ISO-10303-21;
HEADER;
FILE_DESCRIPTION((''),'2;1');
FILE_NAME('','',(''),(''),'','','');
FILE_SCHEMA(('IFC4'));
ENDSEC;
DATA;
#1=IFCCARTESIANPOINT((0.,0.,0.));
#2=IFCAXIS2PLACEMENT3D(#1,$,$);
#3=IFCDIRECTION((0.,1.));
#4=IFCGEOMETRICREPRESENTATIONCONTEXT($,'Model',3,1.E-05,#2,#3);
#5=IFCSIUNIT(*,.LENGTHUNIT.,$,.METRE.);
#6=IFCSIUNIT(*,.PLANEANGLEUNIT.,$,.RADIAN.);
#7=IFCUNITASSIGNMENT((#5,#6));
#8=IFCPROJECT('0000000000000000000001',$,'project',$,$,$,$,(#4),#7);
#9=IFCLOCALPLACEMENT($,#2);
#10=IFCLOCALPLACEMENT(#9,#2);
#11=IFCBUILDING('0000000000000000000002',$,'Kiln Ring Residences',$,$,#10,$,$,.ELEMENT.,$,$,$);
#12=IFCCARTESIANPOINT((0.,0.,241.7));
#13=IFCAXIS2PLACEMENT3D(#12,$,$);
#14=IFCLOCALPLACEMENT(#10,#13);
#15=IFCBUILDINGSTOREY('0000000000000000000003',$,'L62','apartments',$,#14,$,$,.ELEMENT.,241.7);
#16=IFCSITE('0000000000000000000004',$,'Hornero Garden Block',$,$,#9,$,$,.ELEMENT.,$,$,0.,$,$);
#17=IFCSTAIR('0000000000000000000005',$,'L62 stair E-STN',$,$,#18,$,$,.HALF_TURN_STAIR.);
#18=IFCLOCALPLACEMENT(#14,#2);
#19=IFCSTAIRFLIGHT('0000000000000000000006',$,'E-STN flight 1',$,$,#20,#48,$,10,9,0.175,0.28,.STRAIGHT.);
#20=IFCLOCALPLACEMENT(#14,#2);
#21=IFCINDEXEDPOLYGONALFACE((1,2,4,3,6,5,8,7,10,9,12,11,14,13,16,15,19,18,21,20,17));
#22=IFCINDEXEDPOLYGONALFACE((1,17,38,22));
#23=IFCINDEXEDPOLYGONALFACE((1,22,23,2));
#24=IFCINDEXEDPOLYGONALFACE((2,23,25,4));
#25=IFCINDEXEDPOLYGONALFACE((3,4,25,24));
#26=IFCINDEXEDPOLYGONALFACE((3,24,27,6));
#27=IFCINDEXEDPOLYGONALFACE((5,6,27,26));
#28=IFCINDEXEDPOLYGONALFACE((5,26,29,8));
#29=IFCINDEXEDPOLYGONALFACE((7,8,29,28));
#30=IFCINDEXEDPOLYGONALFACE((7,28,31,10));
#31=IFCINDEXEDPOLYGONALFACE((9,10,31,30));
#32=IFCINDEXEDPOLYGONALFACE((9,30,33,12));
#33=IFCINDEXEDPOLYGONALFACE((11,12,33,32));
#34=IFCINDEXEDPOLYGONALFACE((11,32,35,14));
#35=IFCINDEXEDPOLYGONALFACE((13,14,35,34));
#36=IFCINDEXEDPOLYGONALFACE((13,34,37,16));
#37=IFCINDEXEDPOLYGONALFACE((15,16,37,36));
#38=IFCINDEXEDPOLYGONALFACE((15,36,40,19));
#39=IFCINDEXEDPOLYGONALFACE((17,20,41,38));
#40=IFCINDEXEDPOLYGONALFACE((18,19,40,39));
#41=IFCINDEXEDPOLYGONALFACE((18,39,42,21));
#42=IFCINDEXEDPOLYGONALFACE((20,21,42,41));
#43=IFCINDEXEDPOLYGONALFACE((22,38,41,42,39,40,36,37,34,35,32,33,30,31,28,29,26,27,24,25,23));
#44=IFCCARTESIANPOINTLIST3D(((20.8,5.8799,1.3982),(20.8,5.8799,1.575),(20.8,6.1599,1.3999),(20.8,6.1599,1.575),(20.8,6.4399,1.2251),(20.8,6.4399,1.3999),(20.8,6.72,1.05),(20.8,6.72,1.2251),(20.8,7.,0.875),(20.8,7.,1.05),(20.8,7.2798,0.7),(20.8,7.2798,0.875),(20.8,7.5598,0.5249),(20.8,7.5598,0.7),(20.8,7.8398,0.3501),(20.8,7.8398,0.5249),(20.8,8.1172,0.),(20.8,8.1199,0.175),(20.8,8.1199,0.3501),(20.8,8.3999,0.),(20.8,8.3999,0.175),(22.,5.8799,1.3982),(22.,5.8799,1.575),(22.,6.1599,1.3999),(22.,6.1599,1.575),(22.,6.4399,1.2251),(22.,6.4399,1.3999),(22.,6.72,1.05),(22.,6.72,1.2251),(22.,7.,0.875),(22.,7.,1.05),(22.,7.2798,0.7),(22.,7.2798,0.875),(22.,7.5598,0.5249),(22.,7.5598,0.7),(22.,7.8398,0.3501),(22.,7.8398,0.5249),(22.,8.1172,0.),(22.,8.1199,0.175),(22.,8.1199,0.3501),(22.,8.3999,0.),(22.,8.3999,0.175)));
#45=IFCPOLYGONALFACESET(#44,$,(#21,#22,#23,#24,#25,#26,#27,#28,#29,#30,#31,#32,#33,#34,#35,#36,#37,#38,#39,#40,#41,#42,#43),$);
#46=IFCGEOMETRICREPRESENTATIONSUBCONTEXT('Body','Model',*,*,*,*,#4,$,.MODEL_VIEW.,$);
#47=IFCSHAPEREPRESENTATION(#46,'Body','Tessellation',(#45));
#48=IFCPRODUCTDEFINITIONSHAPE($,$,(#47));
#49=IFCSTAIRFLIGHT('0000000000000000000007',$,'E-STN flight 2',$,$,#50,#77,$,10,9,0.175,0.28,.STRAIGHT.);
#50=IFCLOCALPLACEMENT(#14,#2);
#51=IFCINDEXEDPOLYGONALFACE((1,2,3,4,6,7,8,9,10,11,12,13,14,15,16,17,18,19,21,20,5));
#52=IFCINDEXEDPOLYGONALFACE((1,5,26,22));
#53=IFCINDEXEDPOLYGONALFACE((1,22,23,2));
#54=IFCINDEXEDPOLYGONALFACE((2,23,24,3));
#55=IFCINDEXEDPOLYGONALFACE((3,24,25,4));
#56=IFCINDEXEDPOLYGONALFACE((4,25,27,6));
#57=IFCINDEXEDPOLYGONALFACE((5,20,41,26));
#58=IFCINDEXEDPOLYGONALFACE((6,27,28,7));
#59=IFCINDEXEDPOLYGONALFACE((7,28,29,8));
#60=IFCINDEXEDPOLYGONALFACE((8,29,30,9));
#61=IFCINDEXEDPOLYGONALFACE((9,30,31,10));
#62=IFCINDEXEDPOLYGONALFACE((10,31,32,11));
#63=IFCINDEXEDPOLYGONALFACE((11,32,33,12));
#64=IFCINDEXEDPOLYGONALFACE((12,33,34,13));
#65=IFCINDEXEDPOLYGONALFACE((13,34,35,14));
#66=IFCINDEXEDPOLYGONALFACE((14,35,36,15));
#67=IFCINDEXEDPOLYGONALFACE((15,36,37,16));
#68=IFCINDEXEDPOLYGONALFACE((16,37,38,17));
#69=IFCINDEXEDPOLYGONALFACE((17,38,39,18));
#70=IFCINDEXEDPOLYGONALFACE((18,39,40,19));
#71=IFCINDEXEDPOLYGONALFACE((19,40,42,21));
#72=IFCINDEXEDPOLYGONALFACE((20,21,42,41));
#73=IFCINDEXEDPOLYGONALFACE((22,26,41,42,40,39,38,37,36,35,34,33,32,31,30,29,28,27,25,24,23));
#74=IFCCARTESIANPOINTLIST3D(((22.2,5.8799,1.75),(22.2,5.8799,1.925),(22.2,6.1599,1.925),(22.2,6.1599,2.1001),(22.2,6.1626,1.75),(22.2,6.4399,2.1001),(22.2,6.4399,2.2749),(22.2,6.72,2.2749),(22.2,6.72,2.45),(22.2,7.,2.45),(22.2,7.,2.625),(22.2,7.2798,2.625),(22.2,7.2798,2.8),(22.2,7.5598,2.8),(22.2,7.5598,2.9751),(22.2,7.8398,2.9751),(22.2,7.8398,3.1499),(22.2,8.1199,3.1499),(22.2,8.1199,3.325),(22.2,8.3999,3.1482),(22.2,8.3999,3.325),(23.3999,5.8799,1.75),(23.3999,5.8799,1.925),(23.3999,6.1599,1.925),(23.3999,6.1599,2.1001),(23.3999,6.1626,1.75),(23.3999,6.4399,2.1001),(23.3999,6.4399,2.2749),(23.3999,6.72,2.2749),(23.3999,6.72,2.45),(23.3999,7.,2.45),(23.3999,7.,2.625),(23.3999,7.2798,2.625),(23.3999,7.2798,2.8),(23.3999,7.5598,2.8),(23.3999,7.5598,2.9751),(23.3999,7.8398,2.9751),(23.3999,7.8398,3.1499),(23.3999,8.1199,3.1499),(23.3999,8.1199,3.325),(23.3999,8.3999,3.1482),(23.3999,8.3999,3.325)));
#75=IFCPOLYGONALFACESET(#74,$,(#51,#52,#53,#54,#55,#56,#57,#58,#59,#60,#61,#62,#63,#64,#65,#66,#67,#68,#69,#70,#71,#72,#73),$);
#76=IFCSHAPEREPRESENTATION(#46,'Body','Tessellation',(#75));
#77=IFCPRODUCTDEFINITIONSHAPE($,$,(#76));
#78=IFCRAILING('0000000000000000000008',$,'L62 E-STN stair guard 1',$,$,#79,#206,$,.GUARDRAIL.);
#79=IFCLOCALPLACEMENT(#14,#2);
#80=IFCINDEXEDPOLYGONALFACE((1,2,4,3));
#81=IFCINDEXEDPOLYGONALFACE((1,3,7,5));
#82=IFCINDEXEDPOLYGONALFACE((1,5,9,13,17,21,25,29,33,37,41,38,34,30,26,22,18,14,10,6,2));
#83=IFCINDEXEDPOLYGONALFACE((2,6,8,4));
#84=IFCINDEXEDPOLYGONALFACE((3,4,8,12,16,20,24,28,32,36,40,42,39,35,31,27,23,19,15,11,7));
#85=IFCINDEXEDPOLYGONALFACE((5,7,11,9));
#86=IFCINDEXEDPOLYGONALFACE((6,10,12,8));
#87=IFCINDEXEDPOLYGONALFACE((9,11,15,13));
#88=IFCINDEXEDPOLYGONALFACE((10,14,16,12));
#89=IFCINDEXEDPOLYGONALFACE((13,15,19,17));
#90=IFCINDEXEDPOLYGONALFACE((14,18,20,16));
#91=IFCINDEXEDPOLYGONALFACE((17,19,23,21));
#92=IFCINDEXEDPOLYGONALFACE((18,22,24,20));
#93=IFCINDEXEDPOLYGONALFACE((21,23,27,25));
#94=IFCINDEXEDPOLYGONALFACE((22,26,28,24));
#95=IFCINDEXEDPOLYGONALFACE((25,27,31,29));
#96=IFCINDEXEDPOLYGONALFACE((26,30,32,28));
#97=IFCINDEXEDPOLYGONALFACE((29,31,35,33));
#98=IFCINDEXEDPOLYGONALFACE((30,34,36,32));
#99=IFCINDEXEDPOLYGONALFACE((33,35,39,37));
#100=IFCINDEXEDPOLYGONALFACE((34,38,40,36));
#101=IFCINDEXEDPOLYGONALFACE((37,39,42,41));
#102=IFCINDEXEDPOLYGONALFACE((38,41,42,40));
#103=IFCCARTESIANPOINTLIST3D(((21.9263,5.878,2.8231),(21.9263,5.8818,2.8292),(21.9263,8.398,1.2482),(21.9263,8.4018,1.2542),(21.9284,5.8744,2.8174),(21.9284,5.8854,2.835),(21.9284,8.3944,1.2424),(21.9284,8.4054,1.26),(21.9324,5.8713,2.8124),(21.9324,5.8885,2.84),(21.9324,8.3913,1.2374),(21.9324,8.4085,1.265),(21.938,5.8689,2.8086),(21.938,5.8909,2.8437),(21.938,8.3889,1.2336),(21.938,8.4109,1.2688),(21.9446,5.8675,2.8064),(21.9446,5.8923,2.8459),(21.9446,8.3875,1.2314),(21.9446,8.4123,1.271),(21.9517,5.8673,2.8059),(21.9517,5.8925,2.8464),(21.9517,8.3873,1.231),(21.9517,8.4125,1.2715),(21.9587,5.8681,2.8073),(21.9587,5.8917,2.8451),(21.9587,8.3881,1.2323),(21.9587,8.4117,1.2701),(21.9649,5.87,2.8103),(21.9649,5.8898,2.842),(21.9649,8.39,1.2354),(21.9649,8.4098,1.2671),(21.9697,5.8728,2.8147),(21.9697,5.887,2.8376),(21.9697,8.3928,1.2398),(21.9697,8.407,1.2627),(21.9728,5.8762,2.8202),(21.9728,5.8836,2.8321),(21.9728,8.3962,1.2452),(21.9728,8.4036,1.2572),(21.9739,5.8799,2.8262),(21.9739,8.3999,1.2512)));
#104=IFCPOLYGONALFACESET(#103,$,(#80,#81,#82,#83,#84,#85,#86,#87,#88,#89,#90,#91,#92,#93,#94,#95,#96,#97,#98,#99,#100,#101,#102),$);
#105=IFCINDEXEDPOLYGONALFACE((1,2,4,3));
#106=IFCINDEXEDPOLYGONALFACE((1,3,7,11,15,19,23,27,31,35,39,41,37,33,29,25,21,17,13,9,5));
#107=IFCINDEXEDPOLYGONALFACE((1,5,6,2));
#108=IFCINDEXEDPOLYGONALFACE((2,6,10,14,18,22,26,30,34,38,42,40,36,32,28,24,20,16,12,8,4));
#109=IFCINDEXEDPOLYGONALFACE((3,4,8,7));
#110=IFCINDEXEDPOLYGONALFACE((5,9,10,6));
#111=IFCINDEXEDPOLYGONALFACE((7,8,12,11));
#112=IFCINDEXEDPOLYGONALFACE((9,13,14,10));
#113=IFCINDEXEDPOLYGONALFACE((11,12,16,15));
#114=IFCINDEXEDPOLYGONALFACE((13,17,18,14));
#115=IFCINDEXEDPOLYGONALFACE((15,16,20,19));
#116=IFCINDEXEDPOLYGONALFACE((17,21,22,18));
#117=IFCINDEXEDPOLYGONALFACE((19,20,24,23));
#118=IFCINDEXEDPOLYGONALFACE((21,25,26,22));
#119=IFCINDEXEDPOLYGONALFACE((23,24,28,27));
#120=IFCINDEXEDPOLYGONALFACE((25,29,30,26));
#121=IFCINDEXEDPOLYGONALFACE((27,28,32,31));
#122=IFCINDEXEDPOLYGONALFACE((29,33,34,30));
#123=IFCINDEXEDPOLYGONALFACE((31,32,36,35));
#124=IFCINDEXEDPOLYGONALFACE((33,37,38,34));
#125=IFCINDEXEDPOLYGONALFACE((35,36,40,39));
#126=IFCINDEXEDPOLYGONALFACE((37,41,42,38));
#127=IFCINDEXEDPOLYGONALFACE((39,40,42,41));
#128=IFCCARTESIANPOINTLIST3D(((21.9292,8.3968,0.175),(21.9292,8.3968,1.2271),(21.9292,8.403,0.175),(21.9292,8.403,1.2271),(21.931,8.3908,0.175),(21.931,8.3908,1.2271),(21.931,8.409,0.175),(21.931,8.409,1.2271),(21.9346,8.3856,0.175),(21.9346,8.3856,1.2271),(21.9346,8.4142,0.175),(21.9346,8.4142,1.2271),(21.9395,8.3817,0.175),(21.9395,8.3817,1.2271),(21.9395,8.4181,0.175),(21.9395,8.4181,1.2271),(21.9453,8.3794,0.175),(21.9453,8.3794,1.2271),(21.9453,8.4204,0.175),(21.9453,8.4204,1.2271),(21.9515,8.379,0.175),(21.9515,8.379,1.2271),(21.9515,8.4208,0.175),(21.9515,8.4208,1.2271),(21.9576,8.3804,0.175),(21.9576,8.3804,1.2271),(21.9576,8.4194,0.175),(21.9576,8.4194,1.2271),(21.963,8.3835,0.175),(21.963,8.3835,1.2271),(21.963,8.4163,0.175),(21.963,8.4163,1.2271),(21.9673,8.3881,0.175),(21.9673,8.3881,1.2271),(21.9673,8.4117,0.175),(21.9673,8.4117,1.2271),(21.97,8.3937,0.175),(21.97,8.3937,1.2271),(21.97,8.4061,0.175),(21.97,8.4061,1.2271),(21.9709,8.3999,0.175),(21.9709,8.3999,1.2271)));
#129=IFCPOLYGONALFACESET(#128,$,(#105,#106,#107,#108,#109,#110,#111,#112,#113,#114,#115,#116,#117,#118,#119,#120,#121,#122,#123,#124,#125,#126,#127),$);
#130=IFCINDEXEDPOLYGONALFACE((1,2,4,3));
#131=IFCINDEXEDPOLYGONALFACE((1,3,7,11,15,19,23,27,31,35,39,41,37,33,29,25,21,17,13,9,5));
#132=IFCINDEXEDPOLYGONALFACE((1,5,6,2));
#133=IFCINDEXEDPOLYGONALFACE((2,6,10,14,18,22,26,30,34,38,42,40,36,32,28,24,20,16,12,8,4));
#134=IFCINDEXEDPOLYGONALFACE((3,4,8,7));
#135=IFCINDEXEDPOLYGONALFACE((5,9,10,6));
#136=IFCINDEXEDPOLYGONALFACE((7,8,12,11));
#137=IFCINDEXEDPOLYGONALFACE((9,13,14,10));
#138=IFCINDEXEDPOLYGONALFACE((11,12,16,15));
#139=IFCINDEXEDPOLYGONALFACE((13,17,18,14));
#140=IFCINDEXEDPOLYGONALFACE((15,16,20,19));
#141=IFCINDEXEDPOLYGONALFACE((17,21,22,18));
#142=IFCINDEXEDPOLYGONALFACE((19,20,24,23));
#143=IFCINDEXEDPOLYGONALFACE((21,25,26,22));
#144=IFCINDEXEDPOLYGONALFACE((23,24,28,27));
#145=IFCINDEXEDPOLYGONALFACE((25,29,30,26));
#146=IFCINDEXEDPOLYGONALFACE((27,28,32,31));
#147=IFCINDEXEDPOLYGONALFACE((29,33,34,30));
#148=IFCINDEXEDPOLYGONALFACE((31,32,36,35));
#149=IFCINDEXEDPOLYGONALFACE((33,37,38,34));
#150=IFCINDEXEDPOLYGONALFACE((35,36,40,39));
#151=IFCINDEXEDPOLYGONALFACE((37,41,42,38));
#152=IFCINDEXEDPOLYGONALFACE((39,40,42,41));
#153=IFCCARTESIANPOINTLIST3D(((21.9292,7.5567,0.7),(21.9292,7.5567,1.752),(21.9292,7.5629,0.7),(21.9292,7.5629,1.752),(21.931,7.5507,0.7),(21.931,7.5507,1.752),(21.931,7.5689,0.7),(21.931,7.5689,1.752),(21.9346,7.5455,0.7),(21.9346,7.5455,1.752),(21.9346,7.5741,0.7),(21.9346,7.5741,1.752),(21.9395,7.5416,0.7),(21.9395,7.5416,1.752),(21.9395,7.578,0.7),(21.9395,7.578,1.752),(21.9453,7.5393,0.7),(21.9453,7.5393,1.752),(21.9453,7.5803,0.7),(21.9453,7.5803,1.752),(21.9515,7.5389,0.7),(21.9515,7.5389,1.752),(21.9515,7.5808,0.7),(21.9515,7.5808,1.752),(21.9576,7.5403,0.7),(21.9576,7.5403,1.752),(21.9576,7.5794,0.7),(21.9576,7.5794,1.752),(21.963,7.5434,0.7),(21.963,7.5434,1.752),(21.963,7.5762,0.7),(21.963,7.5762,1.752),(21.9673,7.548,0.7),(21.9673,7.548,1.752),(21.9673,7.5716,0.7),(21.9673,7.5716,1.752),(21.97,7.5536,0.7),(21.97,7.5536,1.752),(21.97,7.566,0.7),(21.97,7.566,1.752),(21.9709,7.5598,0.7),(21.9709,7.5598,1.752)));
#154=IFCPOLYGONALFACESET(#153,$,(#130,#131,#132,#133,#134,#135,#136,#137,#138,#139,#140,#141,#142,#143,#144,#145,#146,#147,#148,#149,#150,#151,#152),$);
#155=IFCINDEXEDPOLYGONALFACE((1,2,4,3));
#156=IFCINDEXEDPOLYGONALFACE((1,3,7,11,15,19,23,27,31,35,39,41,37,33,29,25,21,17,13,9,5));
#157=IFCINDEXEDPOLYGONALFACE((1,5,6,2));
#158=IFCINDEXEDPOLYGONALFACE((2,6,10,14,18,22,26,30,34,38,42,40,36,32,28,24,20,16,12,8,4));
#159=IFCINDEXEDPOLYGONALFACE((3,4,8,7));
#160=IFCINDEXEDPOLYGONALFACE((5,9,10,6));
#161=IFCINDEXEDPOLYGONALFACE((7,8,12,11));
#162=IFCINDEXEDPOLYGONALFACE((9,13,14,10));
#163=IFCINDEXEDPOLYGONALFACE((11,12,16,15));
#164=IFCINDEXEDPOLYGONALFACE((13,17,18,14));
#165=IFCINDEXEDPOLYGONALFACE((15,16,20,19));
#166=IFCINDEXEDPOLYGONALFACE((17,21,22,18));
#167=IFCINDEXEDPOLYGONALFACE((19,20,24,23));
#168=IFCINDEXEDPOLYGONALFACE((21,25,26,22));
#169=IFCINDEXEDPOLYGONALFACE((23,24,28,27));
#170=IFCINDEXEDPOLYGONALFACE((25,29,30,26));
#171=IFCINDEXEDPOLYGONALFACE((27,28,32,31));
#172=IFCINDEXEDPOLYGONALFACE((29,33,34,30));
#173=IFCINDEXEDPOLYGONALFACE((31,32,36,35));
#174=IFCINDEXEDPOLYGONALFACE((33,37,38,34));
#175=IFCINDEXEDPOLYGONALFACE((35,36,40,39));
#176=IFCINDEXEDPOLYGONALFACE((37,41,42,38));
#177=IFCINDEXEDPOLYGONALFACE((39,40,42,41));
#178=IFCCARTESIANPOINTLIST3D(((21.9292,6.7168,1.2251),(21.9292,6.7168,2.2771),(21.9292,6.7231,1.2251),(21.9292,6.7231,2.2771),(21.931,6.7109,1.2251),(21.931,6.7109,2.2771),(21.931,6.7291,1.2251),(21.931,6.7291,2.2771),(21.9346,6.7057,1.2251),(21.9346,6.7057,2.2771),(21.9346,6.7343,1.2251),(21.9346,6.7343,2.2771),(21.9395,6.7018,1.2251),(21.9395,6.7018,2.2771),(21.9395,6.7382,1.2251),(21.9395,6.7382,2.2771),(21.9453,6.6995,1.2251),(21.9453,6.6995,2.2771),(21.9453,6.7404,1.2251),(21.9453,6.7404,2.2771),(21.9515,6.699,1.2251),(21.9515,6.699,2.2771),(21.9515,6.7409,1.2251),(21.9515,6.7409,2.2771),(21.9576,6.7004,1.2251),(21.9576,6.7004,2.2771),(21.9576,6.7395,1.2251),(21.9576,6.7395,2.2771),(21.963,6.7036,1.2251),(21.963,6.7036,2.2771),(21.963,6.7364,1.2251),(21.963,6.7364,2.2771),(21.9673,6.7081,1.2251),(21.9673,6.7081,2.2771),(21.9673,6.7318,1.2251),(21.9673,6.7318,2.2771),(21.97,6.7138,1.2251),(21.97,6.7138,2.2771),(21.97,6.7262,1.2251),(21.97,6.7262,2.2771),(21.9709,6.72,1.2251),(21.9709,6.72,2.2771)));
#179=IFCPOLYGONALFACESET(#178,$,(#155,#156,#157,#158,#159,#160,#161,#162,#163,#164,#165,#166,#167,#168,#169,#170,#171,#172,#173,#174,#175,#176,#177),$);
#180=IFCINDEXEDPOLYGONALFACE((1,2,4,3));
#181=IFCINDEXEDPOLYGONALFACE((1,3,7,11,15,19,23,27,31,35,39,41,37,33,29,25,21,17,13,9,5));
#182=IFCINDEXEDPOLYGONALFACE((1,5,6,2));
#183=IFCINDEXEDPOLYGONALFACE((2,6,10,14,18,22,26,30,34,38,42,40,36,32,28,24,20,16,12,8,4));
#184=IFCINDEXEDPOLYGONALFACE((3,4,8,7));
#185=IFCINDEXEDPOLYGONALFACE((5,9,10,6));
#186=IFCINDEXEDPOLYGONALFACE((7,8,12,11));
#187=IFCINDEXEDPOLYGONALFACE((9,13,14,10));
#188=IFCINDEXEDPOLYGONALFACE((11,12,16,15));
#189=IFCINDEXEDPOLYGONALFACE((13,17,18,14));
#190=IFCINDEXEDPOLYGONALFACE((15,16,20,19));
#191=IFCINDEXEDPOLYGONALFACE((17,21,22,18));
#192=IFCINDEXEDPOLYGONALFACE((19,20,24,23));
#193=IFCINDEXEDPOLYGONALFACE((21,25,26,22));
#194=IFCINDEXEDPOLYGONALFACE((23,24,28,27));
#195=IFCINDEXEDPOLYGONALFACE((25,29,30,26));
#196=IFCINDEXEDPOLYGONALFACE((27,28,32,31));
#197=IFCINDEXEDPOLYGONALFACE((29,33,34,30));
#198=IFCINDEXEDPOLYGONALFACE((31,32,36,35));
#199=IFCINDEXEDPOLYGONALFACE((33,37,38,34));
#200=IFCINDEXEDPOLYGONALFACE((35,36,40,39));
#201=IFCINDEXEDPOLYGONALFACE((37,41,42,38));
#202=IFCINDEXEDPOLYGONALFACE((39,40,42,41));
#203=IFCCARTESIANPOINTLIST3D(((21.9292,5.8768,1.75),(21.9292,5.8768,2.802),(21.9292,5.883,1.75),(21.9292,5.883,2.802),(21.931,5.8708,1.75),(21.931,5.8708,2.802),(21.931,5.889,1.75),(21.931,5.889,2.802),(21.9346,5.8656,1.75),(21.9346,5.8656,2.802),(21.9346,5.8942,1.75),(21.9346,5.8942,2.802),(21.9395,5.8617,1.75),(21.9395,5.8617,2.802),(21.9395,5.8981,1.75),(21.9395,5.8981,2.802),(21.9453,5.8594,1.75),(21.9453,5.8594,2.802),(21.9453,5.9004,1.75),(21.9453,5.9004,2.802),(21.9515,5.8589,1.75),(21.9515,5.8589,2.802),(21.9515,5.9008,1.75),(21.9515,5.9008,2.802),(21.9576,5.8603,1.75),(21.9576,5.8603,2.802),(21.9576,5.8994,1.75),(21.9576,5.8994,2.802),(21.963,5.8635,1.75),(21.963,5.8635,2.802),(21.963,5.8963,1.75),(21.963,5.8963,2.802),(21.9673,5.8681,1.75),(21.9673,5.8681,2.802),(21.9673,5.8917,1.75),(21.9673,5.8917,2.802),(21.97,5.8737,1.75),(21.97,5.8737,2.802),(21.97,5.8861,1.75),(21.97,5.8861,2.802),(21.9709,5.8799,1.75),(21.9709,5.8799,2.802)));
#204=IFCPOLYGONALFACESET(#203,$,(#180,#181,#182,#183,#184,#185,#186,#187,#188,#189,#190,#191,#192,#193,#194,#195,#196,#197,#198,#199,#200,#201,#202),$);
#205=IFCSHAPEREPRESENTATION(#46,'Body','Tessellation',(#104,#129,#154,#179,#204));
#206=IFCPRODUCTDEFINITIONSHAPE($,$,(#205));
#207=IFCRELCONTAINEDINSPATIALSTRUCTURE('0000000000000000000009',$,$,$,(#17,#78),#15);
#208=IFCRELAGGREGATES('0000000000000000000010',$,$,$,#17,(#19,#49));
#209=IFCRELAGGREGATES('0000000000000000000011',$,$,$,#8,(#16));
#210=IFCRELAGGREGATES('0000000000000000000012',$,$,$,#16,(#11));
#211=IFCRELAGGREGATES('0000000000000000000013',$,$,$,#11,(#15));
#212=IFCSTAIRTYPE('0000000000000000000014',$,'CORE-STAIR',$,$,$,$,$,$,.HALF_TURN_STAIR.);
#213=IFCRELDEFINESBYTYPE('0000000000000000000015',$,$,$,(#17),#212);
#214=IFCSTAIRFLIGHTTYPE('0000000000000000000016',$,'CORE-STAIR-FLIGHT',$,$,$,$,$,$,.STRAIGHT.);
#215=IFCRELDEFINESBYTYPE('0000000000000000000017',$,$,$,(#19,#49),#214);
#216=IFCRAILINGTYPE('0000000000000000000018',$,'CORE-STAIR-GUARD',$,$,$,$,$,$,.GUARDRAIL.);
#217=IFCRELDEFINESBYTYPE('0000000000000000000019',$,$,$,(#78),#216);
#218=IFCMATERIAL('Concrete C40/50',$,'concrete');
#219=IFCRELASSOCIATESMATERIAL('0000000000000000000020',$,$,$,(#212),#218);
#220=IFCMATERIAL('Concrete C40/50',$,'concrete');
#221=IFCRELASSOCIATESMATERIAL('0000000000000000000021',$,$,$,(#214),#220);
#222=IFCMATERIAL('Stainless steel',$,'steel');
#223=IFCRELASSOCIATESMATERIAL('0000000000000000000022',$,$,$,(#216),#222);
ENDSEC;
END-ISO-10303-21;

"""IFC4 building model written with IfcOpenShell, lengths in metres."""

from ifc_helpers import new_model, si_unit, direction, frame, origin, origin_2d, place, context, subcontext, project, spatial, polyline, circle, outline, extrude, material, type_object, element, aggregate, save


model = new_model("IFC4")

# Units and contexts
model_context = context("Model", 3, precision=1e-05, world=origin(), true_north=direction((0.0, 1.0)))
body_context = subcontext(model_context, "Body", "Model", "MODEL_VIEW")
ifc_project = project(units=[si_unit("LENGTHUNIT", "METRE"), si_unit("PLANEANGLEUNIT", "RADIAN")], contexts=[model_context])

# Site, building, storey
site_placement = place(None, origin())
site = spatial("IfcSite", under=ifc_project, at=site_placement, Name="Hornero Garden Block", CompositionType="ELEMENT", RefElevation=0.0)
building_placement = place(site_placement, origin())
building = spatial("IfcBuilding", under=site, at=building_placement, Name="Kiln Ring Residences", CompositionType="ELEMENT")
storey_placement = place(building_placement, frame((0.0, 0.0, 241.7)))
storey = spatial("IfcBuildingStorey", under=building, at=storey_placement, Name="L62", Description="apartments", CompositionType="ELEMENT", Elevation=241.7)

# Stair, stair flights
ifc_material_1 = material(Name="Concrete C40/50", Category="concrete")
stair_type = type_object("IfcStairType", Name="CORE-STAIR", PredefinedType="HALF_TURN_STAIR", material=ifc_material_1)
stair_placement = place(storey_placement, origin())
stair = element("IfcStair", 1, at=stair_placement, inside=storey, type_object=stair_type, Name="L62 stair E-STN", PredefinedType="HALF_TURN_STAIR")
ifc_material_2 = material(Name="Concrete C40/50", Category="concrete")
stair_flight_type = type_object("IfcStairFlightType", Name="CORE-STAIR-FLIGHT", PredefinedType="STRAIGHT", material=ifc_material_2)
stair_flight_1_placement = place(storey_placement, frame((21.3999, 8.3999, 0.0), z_axis=(0.0, 0.0, 1.0), x_axis=(0.0, -1.0, 0.0)))
stair_flight_1 = element("IfcStairFlight", 2, at=stair_flight_1_placement, type_object=stair_flight_type, Name="E-STN flight 1", NumberOfRisers=10, NumberOfTreads=9, PredefinedType="STRAIGHT", RiserHeight=0.175, TreadLength=0.28, context=body_context, shape_type="SweptSolid", body=[
    extrude(outline(polyline([(0.0, 0.0), (0.0, 0.175), (0.28, 0.175), (0.28, 0.3501), (0.5601, 0.3501), (0.5601, 0.5249), (0.8401, 0.5249), (0.8401, 0.7), (1.1201, 0.7), (1.1201, 0.875), (1.3999, 0.875), (1.3999, 1.05), (1.6799, 1.05), (1.6799, 1.2251), (1.96, 1.2251), (1.96, 1.3999), (2.24, 1.3999), (2.24, 1.575), (2.52, 1.575), (2.52, 1.75), (2.52, 1.3982), (0.2827, 0.0), (0.0, 0.0)])), frame((0.0, 0.6001, 0.0), z_axis=(0.0, -1.0, 0.0), x_axis=(1.0, 0.0, 0.0)), (0.0, 0.0, 1.0), 1.2),
])
stair_flight_2_placement = place(storey_placement, frame((22.8, 5.8799, 1.75), z_axis=(0.0, 0.0, 1.0), x_axis=(0.0, 1.0, 0.0)))
stair_flight_2 = element("IfcStairFlight", 3, at=stair_flight_2_placement, type_object=stair_flight_type, Name="E-STN flight 2", NumberOfRisers=10, NumberOfTreads=9, PredefinedType="STRAIGHT", RiserHeight=0.175, TreadLength=0.28, context=body_context, shape_type="SweptSolid", body=[
    extrude(outline(polyline([(0.0, 0.0), (0.0, 0.175), (0.28, 0.175), (0.28, 0.3501), (0.5601, 0.3501), (0.5601, 0.5249), (0.8401, 0.5249), (0.8401, 0.7), (1.1201, 0.7), (1.1201, 0.875), (1.3999, 0.875), (1.3999, 1.05), (1.6799, 1.05), (1.6799, 1.2251), (1.96, 1.2251), (1.96, 1.3999), (2.24, 1.3999), (2.24, 1.575), (2.52, 1.575), (2.52, 1.75), (2.52, 1.3982), (0.2827, 0.0), (0.0, 0.0)])), frame((0.0, 0.6001, 0.0), z_axis=(0.0, -1.0, 0.0), x_axis=(1.0, 0.0, 0.0)), (0.0, 0.0, 1.0), 1.2),
])
aggregate(stair, [stair_flight_1, stair_flight_2])

# Railing
ifc_material_3 = material(Name="Stainless steel", Category="steel")
railing_type_1 = type_object("IfcRailingType", Name="CORE-STAIR-GUARD", PredefinedType="GUARDRAIL", material=ifc_material_3)
railing_1_placement = place(storey_placement, frame((21.95, 8.3999, 0.175)))
element("IfcRailing", 4, at=railing_1_placement, inside=storey, type_object=railing_type_1, Name="L62 E-STN stair guard 1", PredefinedType="GUARDRAIL", context=body_context, shape_type="SweptSolid", body=[
    extrude(circle(Radius=0.0239, at=origin_2d()), frame((0.0, 0.0, 1.0762), z_axis=(0.0, -0.848008, 0.529984), x_axis=(1.0, 0.0, 0.0)), (0.0, 0.0, 1.0), 2.9717),
    extrude(circle(Radius=0.021, at=origin_2d()), origin(), (0.0, 0.0, 1.0), 1.052),
    extrude(circle(Radius=0.021, at=origin_2d()), frame((0.0, -0.8401, 0.5249)), (0.0, 0.0, 1.0), 1.052),
    extrude(circle(Radius=0.021, at=origin_2d()), frame((0.0, -1.6799, 1.05)), (0.0, 0.0, 1.0), 1.052),
    extrude(circle(Radius=0.021, at=origin_2d()), frame((0.0, -2.52, 1.575)), (0.0, 0.0, 1.0), 1.052),
])

save(model, "model.ifc")
